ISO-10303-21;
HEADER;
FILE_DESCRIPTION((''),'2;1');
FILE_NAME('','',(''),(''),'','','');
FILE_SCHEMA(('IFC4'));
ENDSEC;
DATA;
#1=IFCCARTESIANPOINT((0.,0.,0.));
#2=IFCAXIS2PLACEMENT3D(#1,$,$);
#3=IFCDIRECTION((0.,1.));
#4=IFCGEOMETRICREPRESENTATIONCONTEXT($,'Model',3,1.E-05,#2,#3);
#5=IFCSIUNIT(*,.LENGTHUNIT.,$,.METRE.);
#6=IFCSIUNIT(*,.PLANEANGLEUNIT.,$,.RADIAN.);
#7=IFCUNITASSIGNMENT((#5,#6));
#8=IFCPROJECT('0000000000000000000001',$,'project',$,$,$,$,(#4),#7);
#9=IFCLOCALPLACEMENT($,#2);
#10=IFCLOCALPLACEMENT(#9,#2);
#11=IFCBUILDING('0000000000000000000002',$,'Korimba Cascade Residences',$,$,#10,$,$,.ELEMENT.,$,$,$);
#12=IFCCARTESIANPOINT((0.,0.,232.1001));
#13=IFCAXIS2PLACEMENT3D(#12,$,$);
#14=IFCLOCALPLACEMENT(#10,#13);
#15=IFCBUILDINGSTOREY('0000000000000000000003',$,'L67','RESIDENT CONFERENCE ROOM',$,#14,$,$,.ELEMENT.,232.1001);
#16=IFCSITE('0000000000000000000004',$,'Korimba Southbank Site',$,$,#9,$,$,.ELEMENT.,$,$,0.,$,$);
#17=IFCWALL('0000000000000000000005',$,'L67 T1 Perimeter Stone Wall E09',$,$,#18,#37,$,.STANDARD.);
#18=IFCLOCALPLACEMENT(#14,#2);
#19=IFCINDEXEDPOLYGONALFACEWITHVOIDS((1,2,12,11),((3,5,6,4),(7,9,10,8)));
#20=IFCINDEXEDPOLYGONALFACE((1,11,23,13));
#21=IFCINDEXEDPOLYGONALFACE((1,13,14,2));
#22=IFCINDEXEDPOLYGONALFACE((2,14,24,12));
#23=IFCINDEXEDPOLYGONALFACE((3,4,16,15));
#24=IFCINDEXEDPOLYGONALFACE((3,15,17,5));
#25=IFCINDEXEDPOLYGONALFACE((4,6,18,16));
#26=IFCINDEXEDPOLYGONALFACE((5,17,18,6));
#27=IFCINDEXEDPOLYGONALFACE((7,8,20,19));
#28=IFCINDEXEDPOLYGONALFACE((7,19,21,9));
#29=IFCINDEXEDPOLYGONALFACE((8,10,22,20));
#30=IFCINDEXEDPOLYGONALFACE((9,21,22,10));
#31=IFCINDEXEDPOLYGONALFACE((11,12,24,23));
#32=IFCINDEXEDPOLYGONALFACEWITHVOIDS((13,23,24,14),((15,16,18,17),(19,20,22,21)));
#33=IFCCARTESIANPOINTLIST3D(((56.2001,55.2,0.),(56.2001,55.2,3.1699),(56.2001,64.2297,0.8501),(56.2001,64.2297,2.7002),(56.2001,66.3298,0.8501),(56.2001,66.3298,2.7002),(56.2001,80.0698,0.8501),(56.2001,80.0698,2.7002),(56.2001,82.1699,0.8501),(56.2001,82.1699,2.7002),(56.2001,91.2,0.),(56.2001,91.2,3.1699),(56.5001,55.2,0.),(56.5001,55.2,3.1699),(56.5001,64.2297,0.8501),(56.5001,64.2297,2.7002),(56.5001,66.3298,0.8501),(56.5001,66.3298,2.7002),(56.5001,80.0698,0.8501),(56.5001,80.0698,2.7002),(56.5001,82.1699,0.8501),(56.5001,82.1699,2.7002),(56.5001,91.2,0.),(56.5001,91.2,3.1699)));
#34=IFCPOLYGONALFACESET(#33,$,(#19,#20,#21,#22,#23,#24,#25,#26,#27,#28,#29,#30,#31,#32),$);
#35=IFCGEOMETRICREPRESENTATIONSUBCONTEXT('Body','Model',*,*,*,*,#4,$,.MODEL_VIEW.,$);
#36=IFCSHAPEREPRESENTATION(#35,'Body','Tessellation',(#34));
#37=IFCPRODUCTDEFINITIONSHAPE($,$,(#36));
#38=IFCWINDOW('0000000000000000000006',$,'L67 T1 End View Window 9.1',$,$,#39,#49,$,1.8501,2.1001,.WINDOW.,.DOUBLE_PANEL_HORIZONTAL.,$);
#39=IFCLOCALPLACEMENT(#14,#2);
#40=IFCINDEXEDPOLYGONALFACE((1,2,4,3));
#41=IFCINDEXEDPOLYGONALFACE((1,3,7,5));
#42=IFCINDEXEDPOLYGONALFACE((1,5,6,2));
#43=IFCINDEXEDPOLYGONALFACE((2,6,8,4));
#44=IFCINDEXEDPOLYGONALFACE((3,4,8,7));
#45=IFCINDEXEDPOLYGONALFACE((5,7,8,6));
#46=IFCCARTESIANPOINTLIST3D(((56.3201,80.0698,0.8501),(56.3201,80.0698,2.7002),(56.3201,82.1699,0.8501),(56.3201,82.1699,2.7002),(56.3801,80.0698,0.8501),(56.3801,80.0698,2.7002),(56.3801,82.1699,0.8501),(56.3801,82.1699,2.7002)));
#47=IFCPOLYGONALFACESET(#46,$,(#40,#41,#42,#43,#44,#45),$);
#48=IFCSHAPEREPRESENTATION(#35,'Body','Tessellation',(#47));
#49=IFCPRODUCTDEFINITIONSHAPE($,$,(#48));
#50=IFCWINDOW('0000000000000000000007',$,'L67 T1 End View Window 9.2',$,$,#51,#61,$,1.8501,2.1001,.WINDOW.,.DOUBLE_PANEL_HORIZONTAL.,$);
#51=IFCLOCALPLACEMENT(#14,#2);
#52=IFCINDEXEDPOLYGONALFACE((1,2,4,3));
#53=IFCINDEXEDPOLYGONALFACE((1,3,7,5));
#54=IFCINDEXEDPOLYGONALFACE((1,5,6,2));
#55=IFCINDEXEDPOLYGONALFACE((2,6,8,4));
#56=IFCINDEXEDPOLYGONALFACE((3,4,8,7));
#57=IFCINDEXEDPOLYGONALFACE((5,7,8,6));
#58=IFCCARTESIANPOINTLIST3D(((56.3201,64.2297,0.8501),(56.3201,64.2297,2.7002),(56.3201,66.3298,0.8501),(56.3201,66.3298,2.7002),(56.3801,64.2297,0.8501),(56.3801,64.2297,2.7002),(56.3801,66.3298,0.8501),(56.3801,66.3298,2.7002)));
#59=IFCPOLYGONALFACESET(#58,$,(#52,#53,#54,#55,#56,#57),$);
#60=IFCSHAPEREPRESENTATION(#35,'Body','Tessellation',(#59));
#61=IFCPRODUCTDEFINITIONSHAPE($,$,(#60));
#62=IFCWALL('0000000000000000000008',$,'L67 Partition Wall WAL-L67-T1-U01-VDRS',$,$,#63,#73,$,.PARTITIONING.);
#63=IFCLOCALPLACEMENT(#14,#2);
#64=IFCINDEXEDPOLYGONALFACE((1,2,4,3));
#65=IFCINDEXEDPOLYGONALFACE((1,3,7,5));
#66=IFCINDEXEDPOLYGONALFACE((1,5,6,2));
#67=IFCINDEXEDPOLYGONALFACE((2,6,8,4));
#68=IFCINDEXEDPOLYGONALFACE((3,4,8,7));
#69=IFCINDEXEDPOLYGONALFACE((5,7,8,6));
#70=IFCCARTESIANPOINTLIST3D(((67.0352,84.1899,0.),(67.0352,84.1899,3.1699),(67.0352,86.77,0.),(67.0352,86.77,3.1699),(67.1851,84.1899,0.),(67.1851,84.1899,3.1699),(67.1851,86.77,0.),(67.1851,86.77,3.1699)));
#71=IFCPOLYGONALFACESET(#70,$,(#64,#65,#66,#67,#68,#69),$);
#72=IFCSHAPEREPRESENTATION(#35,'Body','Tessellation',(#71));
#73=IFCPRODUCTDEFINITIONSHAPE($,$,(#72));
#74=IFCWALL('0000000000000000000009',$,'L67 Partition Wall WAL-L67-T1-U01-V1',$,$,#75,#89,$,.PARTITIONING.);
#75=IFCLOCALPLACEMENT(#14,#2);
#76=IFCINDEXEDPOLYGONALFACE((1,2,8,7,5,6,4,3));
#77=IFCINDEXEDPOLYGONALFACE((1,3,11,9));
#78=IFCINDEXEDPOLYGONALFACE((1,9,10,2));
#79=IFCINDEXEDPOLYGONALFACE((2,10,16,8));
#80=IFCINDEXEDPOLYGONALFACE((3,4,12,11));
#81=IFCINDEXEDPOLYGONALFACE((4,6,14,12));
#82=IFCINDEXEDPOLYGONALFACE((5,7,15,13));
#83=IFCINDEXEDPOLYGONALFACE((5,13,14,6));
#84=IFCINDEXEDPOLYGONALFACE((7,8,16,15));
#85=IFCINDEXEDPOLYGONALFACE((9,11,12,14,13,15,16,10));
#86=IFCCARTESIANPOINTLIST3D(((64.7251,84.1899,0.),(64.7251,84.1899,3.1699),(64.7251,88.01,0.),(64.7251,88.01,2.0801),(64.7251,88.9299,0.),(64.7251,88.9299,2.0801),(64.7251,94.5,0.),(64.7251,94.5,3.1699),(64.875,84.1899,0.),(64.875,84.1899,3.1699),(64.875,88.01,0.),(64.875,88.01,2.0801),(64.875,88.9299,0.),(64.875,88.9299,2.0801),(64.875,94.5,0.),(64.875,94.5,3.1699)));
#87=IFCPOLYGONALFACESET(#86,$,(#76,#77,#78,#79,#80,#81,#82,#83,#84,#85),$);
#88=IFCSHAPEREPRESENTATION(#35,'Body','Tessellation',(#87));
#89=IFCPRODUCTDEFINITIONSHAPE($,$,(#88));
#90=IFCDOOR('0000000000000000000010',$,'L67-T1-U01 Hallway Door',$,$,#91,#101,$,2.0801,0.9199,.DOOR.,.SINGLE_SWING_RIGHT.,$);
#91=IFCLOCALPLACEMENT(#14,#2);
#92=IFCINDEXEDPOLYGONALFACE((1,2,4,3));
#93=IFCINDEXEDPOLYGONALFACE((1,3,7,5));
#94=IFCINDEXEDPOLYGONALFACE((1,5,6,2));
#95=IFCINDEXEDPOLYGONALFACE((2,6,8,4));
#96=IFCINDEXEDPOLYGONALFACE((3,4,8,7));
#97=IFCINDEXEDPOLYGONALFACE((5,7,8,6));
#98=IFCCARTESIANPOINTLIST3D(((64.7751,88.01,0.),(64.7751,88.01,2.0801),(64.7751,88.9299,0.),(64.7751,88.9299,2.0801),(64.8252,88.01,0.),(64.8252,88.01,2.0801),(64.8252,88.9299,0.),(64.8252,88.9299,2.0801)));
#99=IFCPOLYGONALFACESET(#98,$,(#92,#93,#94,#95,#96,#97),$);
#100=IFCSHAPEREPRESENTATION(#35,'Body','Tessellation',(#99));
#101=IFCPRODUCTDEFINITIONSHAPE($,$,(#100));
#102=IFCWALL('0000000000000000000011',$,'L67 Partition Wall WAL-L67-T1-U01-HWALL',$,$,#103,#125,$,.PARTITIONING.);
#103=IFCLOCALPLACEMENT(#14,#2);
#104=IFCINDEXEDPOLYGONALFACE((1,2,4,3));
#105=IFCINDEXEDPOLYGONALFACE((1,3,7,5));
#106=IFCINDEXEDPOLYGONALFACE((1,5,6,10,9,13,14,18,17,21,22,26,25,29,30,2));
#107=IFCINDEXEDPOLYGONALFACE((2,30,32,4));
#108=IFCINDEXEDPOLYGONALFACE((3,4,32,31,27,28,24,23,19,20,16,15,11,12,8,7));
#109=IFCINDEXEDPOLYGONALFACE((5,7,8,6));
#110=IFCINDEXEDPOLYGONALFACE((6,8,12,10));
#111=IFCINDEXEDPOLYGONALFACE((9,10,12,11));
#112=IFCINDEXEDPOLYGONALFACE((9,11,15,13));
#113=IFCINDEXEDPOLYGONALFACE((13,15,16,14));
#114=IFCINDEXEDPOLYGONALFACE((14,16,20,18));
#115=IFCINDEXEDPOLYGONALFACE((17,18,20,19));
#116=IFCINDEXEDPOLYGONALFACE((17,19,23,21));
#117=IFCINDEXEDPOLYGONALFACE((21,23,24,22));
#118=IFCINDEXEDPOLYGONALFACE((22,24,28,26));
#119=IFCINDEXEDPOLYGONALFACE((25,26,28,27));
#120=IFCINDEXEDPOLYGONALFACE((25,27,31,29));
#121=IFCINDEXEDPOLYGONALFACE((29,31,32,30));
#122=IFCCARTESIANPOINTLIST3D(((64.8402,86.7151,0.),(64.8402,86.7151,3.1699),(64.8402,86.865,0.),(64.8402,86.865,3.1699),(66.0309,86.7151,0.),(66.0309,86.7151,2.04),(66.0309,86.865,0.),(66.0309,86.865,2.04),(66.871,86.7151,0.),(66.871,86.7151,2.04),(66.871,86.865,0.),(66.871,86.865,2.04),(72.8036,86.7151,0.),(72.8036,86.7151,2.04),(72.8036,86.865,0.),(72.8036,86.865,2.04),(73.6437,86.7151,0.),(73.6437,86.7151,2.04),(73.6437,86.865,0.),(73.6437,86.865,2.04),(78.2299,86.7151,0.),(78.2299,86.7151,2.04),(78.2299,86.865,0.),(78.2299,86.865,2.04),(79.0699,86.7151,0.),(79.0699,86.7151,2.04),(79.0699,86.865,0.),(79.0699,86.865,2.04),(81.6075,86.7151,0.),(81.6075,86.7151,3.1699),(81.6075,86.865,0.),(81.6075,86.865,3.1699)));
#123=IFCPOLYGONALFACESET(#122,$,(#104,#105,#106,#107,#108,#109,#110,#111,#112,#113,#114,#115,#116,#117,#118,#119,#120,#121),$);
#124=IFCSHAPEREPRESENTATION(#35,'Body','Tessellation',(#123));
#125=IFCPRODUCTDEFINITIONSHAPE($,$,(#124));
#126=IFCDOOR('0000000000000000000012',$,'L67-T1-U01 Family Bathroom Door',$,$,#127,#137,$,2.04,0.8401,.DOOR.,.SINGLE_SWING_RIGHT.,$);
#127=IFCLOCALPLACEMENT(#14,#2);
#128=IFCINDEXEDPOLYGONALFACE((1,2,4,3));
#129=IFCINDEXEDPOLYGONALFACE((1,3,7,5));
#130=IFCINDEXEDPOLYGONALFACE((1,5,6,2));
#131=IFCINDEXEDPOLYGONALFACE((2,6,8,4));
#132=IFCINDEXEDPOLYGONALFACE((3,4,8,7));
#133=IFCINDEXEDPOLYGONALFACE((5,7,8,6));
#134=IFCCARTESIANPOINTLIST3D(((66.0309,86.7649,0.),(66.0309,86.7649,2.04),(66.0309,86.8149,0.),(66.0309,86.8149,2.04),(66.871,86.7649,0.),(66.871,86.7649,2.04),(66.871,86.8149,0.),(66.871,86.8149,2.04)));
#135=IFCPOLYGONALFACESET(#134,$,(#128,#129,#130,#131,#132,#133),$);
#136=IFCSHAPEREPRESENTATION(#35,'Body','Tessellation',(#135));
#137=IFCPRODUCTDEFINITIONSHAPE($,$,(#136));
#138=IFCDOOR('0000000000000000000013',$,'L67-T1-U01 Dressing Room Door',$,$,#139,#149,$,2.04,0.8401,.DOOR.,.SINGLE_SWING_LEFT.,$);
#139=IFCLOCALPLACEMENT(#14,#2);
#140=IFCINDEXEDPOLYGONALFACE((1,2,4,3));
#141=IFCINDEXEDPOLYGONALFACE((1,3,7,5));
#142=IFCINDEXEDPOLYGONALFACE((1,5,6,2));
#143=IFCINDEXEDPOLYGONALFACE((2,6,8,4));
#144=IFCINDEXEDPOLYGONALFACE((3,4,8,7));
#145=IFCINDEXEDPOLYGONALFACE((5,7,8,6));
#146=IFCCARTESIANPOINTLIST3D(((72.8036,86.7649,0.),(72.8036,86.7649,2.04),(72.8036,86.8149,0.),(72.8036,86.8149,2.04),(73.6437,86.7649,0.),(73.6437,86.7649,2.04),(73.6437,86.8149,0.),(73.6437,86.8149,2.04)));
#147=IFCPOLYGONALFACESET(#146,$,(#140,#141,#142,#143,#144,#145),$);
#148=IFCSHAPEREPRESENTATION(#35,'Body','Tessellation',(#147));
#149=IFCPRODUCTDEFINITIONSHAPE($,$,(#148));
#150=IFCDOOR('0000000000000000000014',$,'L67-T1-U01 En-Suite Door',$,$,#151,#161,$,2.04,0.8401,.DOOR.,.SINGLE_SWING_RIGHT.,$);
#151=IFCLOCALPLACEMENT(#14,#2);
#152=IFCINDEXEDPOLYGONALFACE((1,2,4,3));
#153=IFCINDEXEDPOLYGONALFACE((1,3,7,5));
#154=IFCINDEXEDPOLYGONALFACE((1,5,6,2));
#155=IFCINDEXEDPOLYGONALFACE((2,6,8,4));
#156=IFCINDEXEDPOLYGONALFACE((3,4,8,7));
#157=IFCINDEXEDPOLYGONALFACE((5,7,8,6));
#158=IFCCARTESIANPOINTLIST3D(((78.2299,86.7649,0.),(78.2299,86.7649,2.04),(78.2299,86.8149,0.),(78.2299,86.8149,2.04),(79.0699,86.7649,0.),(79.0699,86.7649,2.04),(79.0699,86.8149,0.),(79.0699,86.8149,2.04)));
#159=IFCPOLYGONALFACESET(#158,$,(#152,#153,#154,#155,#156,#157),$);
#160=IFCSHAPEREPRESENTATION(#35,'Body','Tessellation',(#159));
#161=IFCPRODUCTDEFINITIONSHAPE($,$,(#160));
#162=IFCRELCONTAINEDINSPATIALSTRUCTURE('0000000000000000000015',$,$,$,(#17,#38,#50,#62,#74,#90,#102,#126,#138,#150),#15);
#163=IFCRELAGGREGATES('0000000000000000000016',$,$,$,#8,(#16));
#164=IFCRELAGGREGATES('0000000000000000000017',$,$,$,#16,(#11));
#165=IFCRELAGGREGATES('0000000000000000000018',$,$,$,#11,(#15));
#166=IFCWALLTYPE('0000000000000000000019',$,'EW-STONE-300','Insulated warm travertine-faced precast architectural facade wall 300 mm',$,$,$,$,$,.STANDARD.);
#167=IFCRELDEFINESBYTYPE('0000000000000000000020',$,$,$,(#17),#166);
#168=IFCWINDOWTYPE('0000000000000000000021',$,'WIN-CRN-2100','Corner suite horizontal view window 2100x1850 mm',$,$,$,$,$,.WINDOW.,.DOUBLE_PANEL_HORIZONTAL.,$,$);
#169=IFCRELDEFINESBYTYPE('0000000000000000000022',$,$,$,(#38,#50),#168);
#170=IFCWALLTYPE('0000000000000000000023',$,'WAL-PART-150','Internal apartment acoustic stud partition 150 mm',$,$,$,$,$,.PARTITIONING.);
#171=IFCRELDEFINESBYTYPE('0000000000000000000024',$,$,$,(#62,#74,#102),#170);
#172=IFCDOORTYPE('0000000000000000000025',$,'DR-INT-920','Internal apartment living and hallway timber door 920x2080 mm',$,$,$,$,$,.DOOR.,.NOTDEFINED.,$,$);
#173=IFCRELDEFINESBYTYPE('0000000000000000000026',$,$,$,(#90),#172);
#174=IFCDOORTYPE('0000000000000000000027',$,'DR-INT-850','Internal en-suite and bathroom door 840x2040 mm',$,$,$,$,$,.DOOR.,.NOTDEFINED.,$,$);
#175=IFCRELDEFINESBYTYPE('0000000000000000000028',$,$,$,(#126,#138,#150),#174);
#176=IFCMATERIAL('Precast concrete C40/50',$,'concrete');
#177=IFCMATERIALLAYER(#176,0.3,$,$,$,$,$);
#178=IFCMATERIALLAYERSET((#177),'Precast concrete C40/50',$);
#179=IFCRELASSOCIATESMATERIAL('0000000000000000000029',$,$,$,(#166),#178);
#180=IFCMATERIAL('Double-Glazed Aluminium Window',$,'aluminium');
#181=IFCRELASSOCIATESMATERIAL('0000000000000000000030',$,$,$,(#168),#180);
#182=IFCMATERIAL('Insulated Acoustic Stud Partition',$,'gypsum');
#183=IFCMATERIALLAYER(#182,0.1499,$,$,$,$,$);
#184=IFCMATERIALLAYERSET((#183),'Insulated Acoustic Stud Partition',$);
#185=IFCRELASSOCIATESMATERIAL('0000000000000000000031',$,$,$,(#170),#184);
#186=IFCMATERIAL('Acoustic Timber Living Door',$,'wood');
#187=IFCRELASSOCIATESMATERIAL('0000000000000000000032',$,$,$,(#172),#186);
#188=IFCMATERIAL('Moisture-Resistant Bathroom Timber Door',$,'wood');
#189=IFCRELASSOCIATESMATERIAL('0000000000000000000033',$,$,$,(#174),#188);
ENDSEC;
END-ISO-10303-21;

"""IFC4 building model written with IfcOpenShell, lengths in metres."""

from ifc_helpers import new_model, si_unit, direction, frame, frame_2d, origin, place, context, subcontext, project, spatial, rectangle, extrude, material, layer, layer_set, type_object, element, fill, save


model = new_model("IFC4")

# Units and contexts
model_context = context("Model", 3, precision=1e-05, world=origin(), true_north=direction((0.0, 1.0)))
body_context = subcontext(model_context, "Body", "Model", "MODEL_VIEW")
ifc_project = project(units=[si_unit("LENGTHUNIT", "METRE"), si_unit("PLANEANGLEUNIT", "RADIAN")], contexts=[model_context])

# Site, building, storey
site_placement = place(None, origin())
site = spatial("IfcSite", under=ifc_project, at=site_placement, Name="Korimba Southbank Site", CompositionType="ELEMENT", RefElevation=0.0)
building_placement = place(site_placement, origin())
building = spatial("IfcBuilding", under=site, at=building_placement, Name="Korimba Cascade Residences", CompositionType="ELEMENT")
storey_placement = place(building_placement, frame((0.0, 0.0, 232.1001)))
storey = spatial("IfcBuildingStorey", under=building, at=storey_placement, Name="L67", Description="RESIDENT CONFERENCE ROOM", CompositionType="ELEMENT", Elevation=232.1001)

# Shared definitions
ifc_material_1 = material(Name="Precast concrete C40/50", Category="concrete")
ifc_layer_1 = layer(ifc_material_1, 0.3)
ifc_layer_set_1 = layer_set([ifc_layer_1], Name="Precast concrete C40/50")
wall_type_1 = type_object("IfcWallType", Name="EW-STONE-300", Description="Insulated warm travertine-faced precast architectural facade wall 300 mm", PredefinedType="STANDARD", material=ifc_layer_set_1)

# Wall, openings, windows
wall_1_placement = place(storey_placement, frame((56.3501, 91.2, 0.0), z_axis=(0.0, 0.0, 1.0), x_axis=(0.0, -1.0, 0.0)))
wall_1 = element("IfcWall", 1, at=wall_1_placement, inside=storey, type_object=wall_type_1, Name="L67 T1 Perimeter Stone Wall E09", PredefinedType="STANDARD", context=body_context, shape_type="SweptSolid", body=[
    extrude(rectangle(XDim=36.0, YDim=0.3, at=frame_2d((18.0, 0.0))), origin(), (0.0, 0.0, 1.0), 3.1699),
])
opening_1_placement = place(wall_1_placement, frame((9.03, 0.0, 0.8501)))
opening_1 = element("IfcOpeningElement", 2, at=opening_1_placement, cuts=wall_1, PredefinedType="OPENING", context=body_context, shape_type="SweptSolid", body=[
    extrude(rectangle(XDim=2.1001, YDim=1.8501, at=frame_2d((1.05, 0.925))), frame((0.0, 0.1602, 0.0), z_axis=(0.0, -1.0, 0.0), x_axis=(1.0, 0.0, 0.0)), (0.0, 0.0, 1.0), 0.3201),
])
opening_2_placement = place(wall_1_placement, frame((24.8701, 0.0, 0.8501)))
opening_2 = element("IfcOpeningElement", 3, at=opening_2_placement, cuts=wall_1, PredefinedType="OPENING", context=body_context, shape_type="SweptSolid", body=[
    extrude(rectangle(XDim=2.1001, YDim=1.8501, at=frame_2d((1.05, 0.925))), frame((0.0, 0.1602, 0.0), z_axis=(0.0, -1.0, 0.0), x_axis=(1.0, 0.0, 0.0)), (0.0, 0.0, 1.0), 0.3201),
])
ifc_material_2 = material(Name="Double-Glazed Aluminium Window", Category="aluminium")
window_type = type_object("IfcWindowType", Name="WIN-CRN-2100", Description="Corner suite horizontal view window 2100x1850 mm", PartitioningType="DOUBLE_PANEL_HORIZONTAL", PredefinedType="WINDOW", material=ifc_material_2)
window_1_placement = place(opening_1_placement, origin())
window_1 = element("IfcWindow", 4, at=window_1_placement, inside=storey, type_object=window_type, Name="L67 T1 End View Window 9.1", OverallHeight=1.8501, OverallWidth=2.1001, PartitioningType="DOUBLE_PANEL_HORIZONTAL", PredefinedType="WINDOW", context=body_context, shape_type="SweptSolid", body=[
    extrude(rectangle(XDim=2.1001, YDim=1.8501, at=frame_2d((1.05, 0.925))), frame((0.0, 0.03, 0.0), z_axis=(0.0, -1.0, 0.0), x_axis=(1.0, 0.0, 0.0)), (0.0, 0.0, 1.0), 0.0601),
])
fill(opening_1, window_1)
window_2_placement = place(opening_2_placement, origin())
window_2 = element("IfcWindow", 5, at=window_2_placement, inside=storey, type_object=window_type, Name="L67 T1 End View Window 9.2", OverallHeight=1.8501, OverallWidth=2.1001, PartitioningType="DOUBLE_PANEL_HORIZONTAL", PredefinedType="WINDOW", context=body_context, shape_type="SweptSolid", body=[
    extrude(rectangle(XDim=2.1001, YDim=1.8501, at=frame_2d((1.05, 0.925))), frame((0.0, 0.03, 0.0), z_axis=(0.0, -1.0, 0.0), x_axis=(1.0, 0.0, 0.0)), (0.0, 0.0, 1.0), 0.0601),
])
fill(opening_2, window_2)

# Wall
ifc_material_3 = material(Name="Insulated Acoustic Stud Partition", Category="gypsum")
ifc_layer_2 = layer(ifc_material_3, 0.1499)
ifc_layer_set_2 = layer_set([ifc_layer_2], Name="Insulated Acoustic Stud Partition")
wall_type_2 = type_object("IfcWallType", Name="WAL-PART-150", Description="Internal apartment acoustic stud partition 150 mm", PredefinedType="PARTITIONING", material=ifc_layer_set_2)
wall_2_placement = place(storey_placement, frame((67.1101, 84.1899, 0.0), z_axis=(0.0, 0.0, 1.0), x_axis=(0.0, 1.0, 0.0)))
element("IfcWall", 6, at=wall_2_placement, inside=storey, type_object=wall_type_2, Name="L67 Partition Wall WAL-L67-T1-U01-VDRS", PredefinedType="PARTITIONING", context=body_context, shape_type="SweptSolid", body=[
    extrude(rectangle(XDim=2.5801, YDim=0.1499, at=frame_2d((1.29, 0.0))), origin(), (0.0, 0.0, 1.0), 3.1699),
])

# Wall, opening, door
wall_3_placement = place(storey_placement, frame((64.8, 84.1899, 0.0), z_axis=(0.0, 0.0, 1.0), x_axis=(0.0, 1.0, 0.0)))
wall_3 = element("IfcWall", 7, at=wall_3_placement, inside=storey, type_object=wall_type_2, Name="L67 Partition Wall WAL-L67-T1-U01-V1", PredefinedType="PARTITIONING", context=body_context, shape_type="SweptSolid", body=[
    extrude(rectangle(XDim=10.3101, YDim=0.1499, at=frame_2d((5.155, 0.0))), origin(), (0.0, 0.0, 1.0), 3.1699),
])
opening_3_placement = place(wall_3_placement, frame((3.8201, 0.0, 0.0)))
opening_3 = element("IfcOpeningElement", 8, at=opening_3_placement, cuts=wall_3, PredefinedType="OPENING", context=body_context, shape_type="SweptSolid", body=[
    extrude(rectangle(XDim=0.9199, YDim=2.0801, at=frame_2d((0.46, 1.04))), frame((0.0, 0.085, 0.0), z_axis=(0.0, -1.0, 0.0), x_axis=(1.0, 0.0, 0.0)), (0.0, 0.0, 1.0), 0.1699),
])
ifc_material_4 = material(Name="Acoustic Timber Living Door", Category="wood")
door_type_1 = type_object("IfcDoorType", Name="DR-INT-920", Description="Internal apartment living and hallway timber door 920x2080 mm", OperationType="NOTDEFINED", PredefinedType="DOOR", material=ifc_material_4)
door_1_placement = place(opening_3_placement, origin())
door_1 = element("IfcDoor", 9, at=door_1_placement, inside=storey, type_object=door_type_1, Name="L67-T1-U01 Hallway Door", OperationType="SINGLE_SWING_RIGHT", OverallHeight=2.0801, OverallWidth=0.9199, PredefinedType="DOOR", context=body_context, shape_type="SweptSolid", body=[
    extrude(rectangle(XDim=0.9199, YDim=2.0801, at=frame_2d((0.46, 1.04))), frame((0.0, 0.0249, 0.0), z_axis=(0.0, -1.0, 0.0), x_axis=(1.0, 0.0, 0.0)), (0.0, 0.0, 1.0), 0.05),
])
fill(opening_3, door_1)

# Wall, openings, doors
wall_4_placement = place(storey_placement, frame((64.8401, 86.79, 0.0), z_axis=(0.0, 0.0, 1.0), x_axis=(1.0, 0.0, 0.0)))
wall_4 = element("IfcWall", 10, at=wall_4_placement, inside=storey, type_object=wall_type_2, Name="L67 Partition Wall WAL-L67-T1-U01-HWALL", PredefinedType="PARTITIONING", context=body_context, shape_type="SweptSolid", body=[
    extrude(rectangle(XDim=16.7673, YDim=0.1499, at=frame_2d((8.3838, 0.0))), origin(), (0.0, 0.0, 1.0), 3.1699),
])
opening_4_placement = place(wall_4_placement, frame((1.1909, 0.0, 0.0)))
opening_4 = element("IfcOpeningElement", 11, at=opening_4_placement, cuts=wall_4, PredefinedType="OPENING", context=body_context, shape_type="SweptSolid", body=[
    extrude(rectangle(XDim=0.8401, YDim=2.04, at=frame_2d((0.4199, 1.02))), frame((0.0, 0.085, 0.0), z_axis=(0.0, -1.0, 0.0), x_axis=(1.0, 0.0, 0.0)), (0.0, 0.0, 1.0), 0.1699),
])
opening_5_placement = place(wall_4_placement, frame((7.9636, 0.0, 0.0)))
opening_5 = element("IfcOpeningElement", 12, at=opening_5_placement, cuts=wall_4, PredefinedType="OPENING", context=body_context, shape_type="SweptSolid", body=[
    extrude(rectangle(XDim=0.8401, YDim=2.04, at=frame_2d((0.4199, 1.02))), frame((0.0, 0.085, 0.0), z_axis=(0.0, -1.0, 0.0), x_axis=(1.0, 0.0, 0.0)), (0.0, 0.0, 1.0), 0.1699),
])
opening_6_placement = place(wall_4_placement, frame((13.3899, 0.0, 0.0)))
opening_6 = element("IfcOpeningElement", 13, at=opening_6_placement, cuts=wall_4, PredefinedType="OPENING", context=body_context, shape_type="SweptSolid", body=[
    extrude(rectangle(XDim=0.8401, YDim=2.04, at=frame_2d((0.4199, 1.02))), frame((0.0, 0.085, 0.0), z_axis=(0.0, -1.0, 0.0), x_axis=(1.0, 0.0, 0.0)), (0.0, 0.0, 1.0), 0.1699),
])
ifc_material_5 = material(Name="Moisture-Resistant Bathroom Timber Door", Category="wood")
door_type_2 = type_object("IfcDoorType", Name="DR-INT-850", Description="Internal en-suite and bathroom door 840x2040 mm", OperationType="NOTDEFINED", PredefinedType="DOOR", material=ifc_material_5)
door_2_placement = place(opening_4_placement, origin())
door_2 = element("IfcDoor", 14, at=door_2_placement, inside=storey, type_object=door_type_2, Name="L67-T1-U01 Family Bathroom Door", OperationType="SINGLE_SWING_RIGHT", OverallHeight=2.04, OverallWidth=0.8401, PredefinedType="DOOR", context=body_context, shape_type="SweptSolid", body=[
    extrude(rectangle(XDim=0.8401, YDim=2.04, at=frame_2d((0.4199, 1.02))), frame((0.0, 0.0249, 0.0), z_axis=(0.0, -1.0, 0.0), x_axis=(1.0, 0.0, 0.0)), (0.0, 0.0, 1.0), 0.05),
])
fill(opening_4, door_2)
door_3_placement = place(opening_5_placement, origin())
door_3 = element("IfcDoor", 15, at=door_3_placement, inside=storey, type_object=door_type_2, Name="L67-T1-U01 Dressing Room Door", OperationType="SINGLE_SWING_LEFT", OverallHeight=2.04, OverallWidth=0.8401, PredefinedType="DOOR", context=body_context, shape_type="SweptSolid", body=[
    extrude(rectangle(XDim=0.8401, YDim=2.04, at=frame_2d((0.4199, 1.02))), frame((0.0, 0.0249, 0.0), z_axis=(0.0, -1.0, 0.0), x_axis=(1.0, 0.0, 0.0)), (0.0, 0.0, 1.0), 0.05),
])
fill(opening_5, door_3)
door_4_placement = place(opening_6_placement, origin())
door_4 = element("IfcDoor", 16, at=door_4_placement, inside=storey, type_object=door_type_2, Name="L67-T1-U01 En-Suite Door", OperationType="SINGLE_SWING_RIGHT", OverallHeight=2.04, OverallWidth=0.8401, PredefinedType="DOOR", context=body_context, shape_type="SweptSolid", body=[
    extrude(rectangle(XDim=0.8401, YDim=2.04, at=frame_2d((0.4199, 1.02))), frame((0.0, 0.0249, 0.0), z_axis=(0.0, -1.0, 0.0), x_axis=(1.0, 0.0, 0.0)), (0.0, 0.0, 1.0), 0.05),
])
fill(opening_6, door_4)

save(model, "model.ifc")
